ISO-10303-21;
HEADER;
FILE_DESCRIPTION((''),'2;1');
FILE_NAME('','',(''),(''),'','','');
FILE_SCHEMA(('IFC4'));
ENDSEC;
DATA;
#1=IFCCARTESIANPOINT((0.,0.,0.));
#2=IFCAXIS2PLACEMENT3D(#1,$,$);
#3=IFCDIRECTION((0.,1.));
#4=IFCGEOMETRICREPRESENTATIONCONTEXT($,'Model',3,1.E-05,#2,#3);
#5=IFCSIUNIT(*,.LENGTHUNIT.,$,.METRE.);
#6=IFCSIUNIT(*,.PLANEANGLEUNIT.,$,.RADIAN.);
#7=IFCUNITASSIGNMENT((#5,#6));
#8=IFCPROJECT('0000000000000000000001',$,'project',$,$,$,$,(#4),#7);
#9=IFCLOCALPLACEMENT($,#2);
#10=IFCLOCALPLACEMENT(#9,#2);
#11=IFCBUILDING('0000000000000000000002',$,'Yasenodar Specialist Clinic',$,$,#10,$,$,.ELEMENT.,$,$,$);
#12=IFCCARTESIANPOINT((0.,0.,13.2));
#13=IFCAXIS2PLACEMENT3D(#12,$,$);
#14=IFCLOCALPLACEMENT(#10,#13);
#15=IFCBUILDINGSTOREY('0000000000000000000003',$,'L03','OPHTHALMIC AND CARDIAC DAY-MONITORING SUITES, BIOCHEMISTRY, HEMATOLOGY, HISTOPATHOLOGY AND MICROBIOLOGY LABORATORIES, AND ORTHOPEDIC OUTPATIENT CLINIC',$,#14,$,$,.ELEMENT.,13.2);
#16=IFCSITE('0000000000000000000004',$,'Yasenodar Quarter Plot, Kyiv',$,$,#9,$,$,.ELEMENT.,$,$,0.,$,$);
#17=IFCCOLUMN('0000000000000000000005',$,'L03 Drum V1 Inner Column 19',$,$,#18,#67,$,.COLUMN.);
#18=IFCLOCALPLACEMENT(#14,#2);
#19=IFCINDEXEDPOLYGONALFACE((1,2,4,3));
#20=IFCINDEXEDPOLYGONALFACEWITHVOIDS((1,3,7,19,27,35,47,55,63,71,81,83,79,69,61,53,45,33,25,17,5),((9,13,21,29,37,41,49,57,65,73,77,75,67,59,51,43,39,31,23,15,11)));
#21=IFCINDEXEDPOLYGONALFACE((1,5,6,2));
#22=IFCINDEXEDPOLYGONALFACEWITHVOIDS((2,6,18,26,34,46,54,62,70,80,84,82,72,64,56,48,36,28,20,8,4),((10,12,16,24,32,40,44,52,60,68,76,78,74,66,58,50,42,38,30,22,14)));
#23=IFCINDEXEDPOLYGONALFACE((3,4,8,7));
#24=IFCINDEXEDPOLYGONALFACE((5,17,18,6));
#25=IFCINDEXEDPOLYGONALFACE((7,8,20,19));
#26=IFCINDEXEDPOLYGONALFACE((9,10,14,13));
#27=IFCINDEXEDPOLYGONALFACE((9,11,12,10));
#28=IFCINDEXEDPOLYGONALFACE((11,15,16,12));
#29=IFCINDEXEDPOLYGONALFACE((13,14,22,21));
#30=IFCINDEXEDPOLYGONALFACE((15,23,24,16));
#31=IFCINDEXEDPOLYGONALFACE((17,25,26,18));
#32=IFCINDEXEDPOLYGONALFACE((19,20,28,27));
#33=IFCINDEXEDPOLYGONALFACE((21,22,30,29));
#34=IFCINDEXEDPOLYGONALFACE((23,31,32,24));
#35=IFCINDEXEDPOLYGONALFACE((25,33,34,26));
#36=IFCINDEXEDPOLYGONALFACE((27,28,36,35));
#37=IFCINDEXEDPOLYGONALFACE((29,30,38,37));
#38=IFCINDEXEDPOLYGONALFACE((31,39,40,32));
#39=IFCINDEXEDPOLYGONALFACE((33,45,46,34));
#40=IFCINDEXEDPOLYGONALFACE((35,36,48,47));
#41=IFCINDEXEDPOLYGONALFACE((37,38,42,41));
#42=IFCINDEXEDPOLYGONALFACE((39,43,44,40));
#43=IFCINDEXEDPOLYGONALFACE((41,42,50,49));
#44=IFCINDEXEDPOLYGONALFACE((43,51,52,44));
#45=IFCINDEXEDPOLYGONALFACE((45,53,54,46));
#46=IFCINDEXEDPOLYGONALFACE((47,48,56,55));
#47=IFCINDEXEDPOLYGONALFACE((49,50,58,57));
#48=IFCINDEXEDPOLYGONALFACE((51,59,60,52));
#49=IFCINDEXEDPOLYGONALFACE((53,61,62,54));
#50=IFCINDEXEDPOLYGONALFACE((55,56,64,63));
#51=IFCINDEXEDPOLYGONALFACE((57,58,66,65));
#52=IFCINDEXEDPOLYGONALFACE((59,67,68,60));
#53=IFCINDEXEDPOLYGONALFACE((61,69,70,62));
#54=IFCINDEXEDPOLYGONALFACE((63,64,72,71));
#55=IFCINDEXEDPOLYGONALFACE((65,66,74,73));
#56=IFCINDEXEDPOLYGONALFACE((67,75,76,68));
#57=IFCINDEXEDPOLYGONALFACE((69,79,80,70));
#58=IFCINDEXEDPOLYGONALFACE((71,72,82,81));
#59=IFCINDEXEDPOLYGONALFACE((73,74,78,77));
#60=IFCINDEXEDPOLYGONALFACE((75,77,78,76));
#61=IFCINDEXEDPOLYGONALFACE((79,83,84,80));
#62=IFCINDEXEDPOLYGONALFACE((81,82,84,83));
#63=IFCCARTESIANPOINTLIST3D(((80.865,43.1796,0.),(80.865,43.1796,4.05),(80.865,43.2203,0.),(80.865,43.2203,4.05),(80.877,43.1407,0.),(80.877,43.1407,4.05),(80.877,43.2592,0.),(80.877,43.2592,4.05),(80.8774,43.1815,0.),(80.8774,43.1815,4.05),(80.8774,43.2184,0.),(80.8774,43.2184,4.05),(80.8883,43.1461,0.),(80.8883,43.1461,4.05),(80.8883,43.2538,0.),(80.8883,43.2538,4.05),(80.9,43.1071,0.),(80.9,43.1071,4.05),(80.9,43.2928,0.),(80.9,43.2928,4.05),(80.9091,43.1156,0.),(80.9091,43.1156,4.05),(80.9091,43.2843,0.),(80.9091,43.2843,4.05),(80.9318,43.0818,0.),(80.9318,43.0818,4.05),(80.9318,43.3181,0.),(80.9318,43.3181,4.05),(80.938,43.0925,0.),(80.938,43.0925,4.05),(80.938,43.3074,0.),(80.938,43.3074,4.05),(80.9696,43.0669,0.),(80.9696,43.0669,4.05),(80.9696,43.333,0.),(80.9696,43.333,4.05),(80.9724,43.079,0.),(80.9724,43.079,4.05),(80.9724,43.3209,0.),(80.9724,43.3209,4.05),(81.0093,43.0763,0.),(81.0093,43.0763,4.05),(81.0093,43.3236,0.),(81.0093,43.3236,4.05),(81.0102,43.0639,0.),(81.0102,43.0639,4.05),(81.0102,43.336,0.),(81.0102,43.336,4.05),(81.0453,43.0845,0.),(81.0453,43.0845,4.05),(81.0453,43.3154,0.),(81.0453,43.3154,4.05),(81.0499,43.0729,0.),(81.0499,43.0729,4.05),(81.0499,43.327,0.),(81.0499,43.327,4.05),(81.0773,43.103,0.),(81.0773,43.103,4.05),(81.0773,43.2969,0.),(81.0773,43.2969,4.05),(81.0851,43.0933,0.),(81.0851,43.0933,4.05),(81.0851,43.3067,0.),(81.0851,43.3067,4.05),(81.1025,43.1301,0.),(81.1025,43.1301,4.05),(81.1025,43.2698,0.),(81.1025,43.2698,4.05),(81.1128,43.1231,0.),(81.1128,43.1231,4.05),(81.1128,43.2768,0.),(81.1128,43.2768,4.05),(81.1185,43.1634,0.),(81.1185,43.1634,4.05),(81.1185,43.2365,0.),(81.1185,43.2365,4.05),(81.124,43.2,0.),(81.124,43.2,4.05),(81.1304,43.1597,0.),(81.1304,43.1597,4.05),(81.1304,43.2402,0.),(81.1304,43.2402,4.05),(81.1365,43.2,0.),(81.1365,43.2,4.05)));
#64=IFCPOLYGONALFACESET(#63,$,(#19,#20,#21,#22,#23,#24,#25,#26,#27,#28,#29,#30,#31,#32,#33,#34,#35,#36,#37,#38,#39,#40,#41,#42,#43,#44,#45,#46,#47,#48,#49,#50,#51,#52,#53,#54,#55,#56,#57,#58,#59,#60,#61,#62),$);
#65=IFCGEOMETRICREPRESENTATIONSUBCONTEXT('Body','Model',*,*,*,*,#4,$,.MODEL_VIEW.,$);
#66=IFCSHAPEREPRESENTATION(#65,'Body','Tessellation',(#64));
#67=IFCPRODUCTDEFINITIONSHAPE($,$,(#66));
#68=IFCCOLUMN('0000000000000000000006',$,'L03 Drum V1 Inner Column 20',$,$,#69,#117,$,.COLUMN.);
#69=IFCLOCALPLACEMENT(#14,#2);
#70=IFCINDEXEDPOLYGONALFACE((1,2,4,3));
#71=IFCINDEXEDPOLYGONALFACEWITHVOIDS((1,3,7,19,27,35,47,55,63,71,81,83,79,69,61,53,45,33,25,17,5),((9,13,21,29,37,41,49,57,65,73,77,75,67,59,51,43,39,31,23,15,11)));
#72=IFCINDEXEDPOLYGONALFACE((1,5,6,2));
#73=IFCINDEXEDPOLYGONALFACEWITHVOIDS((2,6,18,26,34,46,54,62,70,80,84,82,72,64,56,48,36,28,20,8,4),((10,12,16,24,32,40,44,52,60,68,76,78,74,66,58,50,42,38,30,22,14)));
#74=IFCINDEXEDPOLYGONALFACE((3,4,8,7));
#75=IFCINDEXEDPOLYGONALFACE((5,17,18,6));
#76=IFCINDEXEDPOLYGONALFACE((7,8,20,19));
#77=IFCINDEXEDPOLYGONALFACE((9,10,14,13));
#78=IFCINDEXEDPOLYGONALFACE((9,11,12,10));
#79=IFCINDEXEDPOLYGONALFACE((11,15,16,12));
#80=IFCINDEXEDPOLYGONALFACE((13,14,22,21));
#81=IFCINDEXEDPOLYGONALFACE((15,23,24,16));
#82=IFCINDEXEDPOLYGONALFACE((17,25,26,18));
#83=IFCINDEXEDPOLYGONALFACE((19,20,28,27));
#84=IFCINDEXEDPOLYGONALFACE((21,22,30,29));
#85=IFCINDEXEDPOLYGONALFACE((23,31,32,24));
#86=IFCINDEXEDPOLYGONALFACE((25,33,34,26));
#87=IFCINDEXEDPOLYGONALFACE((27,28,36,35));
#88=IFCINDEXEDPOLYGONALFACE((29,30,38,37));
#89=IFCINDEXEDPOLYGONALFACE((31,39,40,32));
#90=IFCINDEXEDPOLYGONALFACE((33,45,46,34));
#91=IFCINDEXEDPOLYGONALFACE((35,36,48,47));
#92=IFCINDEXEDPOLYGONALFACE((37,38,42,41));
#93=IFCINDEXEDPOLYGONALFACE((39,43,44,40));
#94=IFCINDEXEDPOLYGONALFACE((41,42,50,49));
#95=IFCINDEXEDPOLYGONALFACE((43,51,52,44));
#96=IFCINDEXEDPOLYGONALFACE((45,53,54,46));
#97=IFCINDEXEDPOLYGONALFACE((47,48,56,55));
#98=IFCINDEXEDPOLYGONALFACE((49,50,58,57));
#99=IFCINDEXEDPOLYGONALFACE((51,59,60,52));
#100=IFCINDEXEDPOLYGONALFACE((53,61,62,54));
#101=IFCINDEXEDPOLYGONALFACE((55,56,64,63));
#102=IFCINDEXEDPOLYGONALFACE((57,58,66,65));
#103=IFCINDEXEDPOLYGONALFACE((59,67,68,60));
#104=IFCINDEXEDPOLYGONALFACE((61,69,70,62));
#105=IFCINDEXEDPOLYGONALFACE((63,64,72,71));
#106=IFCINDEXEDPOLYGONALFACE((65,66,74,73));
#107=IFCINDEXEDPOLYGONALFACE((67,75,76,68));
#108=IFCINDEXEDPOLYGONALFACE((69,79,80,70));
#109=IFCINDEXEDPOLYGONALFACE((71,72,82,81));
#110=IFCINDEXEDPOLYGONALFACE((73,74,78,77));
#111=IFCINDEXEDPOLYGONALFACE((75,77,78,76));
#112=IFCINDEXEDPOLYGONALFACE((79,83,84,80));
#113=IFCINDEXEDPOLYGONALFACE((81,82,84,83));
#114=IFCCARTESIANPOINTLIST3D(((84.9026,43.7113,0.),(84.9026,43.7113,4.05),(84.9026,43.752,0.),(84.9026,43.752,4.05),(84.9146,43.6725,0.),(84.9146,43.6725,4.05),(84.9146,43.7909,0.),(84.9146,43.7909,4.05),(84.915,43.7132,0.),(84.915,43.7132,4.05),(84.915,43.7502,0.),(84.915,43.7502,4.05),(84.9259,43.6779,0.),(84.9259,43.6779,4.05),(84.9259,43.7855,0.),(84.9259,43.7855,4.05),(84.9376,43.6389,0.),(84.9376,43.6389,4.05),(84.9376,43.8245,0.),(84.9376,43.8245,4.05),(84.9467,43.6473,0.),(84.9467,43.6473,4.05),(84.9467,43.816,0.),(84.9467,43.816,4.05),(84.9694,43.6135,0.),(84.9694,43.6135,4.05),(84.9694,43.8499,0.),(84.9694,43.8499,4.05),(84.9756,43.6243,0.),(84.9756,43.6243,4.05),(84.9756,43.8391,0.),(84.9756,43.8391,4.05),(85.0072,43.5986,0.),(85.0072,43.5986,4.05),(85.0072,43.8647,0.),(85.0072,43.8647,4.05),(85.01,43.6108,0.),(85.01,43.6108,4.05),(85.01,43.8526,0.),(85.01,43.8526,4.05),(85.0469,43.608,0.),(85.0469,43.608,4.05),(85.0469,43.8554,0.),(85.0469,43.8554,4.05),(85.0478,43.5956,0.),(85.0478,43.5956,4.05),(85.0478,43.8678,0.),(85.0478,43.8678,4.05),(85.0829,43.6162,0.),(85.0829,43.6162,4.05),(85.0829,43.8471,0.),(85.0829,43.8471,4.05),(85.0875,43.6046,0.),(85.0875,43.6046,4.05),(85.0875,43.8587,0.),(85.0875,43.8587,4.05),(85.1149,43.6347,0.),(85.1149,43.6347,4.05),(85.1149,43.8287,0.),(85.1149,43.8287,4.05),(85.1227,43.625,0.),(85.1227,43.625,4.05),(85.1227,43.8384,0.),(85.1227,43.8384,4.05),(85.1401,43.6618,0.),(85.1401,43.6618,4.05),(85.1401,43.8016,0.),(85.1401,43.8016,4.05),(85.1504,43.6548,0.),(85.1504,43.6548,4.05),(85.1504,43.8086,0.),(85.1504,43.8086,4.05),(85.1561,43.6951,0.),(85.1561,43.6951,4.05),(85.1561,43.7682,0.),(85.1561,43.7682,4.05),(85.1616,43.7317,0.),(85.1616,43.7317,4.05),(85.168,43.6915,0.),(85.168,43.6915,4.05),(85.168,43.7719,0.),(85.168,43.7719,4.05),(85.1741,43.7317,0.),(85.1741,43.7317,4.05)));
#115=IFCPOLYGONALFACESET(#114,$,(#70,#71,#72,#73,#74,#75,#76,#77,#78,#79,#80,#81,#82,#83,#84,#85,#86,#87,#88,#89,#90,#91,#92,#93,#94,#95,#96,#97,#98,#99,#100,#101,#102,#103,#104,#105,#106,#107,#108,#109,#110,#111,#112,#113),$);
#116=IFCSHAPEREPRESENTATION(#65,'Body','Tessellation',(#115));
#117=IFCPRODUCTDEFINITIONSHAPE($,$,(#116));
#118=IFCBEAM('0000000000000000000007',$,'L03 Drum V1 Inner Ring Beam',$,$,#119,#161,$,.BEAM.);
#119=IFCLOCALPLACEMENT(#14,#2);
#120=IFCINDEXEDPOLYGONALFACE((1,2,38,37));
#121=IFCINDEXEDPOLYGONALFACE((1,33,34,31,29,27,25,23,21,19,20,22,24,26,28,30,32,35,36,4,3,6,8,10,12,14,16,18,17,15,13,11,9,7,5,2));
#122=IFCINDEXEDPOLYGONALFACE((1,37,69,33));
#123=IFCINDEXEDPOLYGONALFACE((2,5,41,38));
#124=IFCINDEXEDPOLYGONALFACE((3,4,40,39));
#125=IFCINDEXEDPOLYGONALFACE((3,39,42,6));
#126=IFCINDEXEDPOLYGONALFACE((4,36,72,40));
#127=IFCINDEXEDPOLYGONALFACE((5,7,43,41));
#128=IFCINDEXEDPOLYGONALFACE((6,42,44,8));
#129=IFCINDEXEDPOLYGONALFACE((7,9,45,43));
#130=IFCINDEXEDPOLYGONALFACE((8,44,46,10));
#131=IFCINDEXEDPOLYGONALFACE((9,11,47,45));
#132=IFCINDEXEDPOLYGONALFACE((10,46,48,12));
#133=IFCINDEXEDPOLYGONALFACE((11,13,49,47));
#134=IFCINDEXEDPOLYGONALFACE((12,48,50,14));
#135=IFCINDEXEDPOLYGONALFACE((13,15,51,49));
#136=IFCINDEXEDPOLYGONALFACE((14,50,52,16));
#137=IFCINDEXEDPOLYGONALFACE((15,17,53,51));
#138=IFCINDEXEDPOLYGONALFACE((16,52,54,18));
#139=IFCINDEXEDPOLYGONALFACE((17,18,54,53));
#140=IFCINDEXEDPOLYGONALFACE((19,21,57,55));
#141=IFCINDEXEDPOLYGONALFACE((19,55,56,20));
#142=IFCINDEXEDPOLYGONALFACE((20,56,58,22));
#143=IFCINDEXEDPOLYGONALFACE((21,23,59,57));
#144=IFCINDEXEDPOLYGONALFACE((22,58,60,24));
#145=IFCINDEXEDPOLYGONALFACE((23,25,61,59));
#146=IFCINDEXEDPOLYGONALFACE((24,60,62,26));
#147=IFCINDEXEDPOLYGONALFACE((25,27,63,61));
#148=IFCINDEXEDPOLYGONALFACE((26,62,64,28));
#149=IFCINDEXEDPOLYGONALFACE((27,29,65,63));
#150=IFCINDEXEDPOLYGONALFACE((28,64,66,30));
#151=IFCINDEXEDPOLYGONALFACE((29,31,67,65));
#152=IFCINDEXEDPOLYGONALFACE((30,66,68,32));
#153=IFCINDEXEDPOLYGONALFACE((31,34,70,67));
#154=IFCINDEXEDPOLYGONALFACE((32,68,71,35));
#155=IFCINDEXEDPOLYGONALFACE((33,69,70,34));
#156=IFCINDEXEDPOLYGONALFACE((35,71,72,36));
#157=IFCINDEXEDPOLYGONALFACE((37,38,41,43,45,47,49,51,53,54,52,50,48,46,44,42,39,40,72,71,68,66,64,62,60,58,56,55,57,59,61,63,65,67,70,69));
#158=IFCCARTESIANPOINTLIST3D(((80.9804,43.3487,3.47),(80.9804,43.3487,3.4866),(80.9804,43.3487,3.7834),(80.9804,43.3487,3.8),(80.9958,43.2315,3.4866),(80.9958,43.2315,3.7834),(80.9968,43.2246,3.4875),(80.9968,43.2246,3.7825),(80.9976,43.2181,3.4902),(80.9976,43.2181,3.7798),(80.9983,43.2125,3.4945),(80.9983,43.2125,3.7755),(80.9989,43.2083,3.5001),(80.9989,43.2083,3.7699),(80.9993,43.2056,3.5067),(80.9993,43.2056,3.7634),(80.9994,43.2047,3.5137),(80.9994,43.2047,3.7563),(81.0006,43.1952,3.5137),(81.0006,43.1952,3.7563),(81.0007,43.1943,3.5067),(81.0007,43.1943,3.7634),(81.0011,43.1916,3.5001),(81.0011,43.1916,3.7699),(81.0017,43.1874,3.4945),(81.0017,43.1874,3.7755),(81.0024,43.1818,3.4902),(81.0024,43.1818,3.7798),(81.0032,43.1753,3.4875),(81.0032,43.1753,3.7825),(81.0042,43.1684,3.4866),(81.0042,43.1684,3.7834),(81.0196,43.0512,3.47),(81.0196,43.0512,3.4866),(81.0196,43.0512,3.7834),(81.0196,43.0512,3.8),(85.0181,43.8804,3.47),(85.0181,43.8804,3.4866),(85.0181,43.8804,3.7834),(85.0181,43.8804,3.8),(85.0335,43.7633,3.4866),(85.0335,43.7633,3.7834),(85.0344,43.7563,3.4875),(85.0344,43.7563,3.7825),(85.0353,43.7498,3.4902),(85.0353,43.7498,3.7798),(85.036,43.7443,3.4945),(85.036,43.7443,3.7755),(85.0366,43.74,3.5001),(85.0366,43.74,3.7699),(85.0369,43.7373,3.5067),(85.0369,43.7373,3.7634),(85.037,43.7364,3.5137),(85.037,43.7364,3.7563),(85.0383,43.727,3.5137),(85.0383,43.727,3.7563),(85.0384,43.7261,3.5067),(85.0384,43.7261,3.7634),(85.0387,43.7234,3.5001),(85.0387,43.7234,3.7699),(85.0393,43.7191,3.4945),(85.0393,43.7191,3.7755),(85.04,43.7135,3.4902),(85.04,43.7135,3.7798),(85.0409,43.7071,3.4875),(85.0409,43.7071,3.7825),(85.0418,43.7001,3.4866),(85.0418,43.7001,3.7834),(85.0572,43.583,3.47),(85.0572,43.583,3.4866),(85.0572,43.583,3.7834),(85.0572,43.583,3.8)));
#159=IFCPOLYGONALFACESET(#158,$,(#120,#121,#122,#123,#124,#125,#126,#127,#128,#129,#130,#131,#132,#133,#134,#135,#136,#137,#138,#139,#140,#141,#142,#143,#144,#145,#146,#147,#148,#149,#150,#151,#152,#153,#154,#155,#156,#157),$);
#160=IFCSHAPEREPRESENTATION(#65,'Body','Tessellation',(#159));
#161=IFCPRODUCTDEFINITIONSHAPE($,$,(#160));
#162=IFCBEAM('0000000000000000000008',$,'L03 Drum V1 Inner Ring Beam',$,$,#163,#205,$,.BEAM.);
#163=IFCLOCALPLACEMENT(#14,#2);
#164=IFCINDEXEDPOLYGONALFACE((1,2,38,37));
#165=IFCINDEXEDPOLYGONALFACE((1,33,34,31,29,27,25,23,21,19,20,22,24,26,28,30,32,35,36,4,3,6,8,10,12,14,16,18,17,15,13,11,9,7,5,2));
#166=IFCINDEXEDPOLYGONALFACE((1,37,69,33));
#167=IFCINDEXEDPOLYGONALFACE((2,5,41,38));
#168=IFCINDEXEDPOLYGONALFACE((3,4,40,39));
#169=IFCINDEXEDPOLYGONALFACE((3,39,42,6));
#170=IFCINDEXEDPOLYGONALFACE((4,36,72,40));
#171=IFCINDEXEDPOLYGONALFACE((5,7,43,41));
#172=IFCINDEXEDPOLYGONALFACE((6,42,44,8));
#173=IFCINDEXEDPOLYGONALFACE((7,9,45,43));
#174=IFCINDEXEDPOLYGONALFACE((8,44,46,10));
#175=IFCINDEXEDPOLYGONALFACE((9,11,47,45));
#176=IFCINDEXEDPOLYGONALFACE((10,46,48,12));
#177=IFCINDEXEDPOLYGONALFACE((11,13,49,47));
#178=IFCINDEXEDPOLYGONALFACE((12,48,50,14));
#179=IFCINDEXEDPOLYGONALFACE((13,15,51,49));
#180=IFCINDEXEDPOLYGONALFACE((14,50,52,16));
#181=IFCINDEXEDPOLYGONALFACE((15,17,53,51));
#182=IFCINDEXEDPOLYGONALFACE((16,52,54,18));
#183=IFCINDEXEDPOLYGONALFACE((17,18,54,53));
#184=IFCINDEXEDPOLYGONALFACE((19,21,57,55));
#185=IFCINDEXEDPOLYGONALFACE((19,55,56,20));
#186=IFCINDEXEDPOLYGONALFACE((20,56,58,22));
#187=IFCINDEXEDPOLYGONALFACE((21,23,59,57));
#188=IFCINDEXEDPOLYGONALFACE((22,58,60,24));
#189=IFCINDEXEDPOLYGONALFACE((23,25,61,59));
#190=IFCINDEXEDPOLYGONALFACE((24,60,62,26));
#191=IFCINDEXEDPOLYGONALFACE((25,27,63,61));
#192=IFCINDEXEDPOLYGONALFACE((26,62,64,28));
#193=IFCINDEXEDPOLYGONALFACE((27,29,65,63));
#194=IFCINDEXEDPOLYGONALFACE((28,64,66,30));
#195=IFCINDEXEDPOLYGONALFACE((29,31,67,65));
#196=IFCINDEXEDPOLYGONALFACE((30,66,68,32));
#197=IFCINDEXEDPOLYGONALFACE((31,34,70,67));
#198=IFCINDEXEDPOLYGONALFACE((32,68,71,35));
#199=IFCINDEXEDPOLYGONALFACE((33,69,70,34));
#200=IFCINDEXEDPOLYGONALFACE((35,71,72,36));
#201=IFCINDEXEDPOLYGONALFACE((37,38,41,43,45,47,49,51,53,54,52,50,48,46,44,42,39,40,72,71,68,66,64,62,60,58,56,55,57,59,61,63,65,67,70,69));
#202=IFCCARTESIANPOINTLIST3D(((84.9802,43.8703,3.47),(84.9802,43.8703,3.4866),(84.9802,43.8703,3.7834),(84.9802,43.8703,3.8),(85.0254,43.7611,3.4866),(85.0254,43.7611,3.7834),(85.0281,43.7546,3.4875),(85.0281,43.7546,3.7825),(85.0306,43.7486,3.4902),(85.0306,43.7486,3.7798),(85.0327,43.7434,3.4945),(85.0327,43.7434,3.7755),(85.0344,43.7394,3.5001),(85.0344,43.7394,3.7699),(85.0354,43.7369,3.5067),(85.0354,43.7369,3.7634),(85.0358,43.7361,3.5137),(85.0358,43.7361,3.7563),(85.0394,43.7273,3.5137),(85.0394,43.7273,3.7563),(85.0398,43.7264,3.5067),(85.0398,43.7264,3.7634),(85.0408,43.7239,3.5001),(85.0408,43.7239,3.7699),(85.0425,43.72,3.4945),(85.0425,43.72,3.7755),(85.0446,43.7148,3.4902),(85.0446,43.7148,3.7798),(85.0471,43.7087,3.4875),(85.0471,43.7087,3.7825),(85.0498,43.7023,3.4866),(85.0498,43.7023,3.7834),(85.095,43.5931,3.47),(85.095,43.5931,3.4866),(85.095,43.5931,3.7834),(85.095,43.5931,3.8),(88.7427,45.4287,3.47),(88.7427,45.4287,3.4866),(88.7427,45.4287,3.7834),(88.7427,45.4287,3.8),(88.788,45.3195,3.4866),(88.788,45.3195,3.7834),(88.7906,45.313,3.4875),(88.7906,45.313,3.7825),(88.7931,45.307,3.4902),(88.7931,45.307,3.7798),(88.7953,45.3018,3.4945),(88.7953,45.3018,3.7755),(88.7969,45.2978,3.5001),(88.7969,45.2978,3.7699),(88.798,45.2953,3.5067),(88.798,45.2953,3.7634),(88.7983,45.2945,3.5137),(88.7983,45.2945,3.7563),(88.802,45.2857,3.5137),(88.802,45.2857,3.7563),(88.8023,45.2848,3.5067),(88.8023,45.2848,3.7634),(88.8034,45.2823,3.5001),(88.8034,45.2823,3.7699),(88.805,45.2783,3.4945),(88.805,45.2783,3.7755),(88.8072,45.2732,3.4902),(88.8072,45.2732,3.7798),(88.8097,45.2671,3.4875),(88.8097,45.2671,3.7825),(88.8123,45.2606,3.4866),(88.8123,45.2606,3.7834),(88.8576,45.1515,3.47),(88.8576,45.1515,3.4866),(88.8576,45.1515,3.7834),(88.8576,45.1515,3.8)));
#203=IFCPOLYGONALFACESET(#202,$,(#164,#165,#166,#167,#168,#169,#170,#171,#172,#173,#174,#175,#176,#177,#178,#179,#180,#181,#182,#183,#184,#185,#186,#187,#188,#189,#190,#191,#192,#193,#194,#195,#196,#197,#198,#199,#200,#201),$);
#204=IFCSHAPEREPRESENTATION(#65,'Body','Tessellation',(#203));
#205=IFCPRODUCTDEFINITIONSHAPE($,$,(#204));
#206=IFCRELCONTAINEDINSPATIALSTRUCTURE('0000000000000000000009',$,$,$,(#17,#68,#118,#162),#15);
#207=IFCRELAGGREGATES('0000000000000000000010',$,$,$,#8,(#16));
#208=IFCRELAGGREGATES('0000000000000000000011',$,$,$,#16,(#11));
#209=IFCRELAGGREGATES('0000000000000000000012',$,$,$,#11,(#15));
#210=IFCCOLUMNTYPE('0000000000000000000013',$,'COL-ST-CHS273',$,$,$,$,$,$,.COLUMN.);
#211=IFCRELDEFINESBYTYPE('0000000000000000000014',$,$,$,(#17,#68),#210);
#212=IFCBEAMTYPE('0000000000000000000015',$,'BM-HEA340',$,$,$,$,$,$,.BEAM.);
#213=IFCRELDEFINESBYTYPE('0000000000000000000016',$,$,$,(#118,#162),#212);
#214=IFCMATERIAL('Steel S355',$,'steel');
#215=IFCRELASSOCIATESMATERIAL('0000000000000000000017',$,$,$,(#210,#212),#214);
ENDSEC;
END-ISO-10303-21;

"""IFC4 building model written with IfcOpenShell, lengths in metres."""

from ifc_helpers import new_model, si_unit, direction, frame, origin, origin_2d, place, context, subcontext, project, spatial, hollow_circle, i_section, extrude, material, material_profile, profile_set, type_object, element, save


model = new_model("IFC4")

# Units and contexts
model_context = context("Model", 3, precision=1e-05, world=origin(), true_north=direction((0.0, 1.0)))
body_context = subcontext(model_context, "Body", "Model", "MODEL_VIEW")
ifc_project = project(units=[si_unit("LENGTHUNIT", "METRE"), si_unit("PLANEANGLEUNIT", "RADIAN")], contexts=[model_context])

# Site, building, storey
site_placement = place(None, origin())
site = spatial("IfcSite", under=ifc_project, at=site_placement, Name="Yasenodar Quarter Plot, Kyiv", CompositionType="ELEMENT", RefElevation=0.0)
building_placement = place(site_placement, origin())
building = spatial("IfcBuilding", under=site, at=building_placement, Name="Yasenodar Specialist Clinic", CompositionType="ELEMENT")
storey_placement = place(building_placement, frame((0.0, 0.0, 13.2)))
storey = spatial("IfcBuildingStorey", under=building, at=storey_placement, Name="L03", Description="OPHTHALMIC AND CARDIAC DAY-MONITORING SUITES, BIOCHEMISTRY, HEMATOLOGY, HISTOPATHOLOGY AND MICROBIOLOGY LABORATORIES, AND ORTHOPEDIC OUTPATIENT CLINIC", CompositionType="ELEMENT", Elevation=13.2)

# Columns
ifc_material_1 = material(Name="Steel S355", Category="steel")
ifc_material_profile_1 = material_profile(ifc_material_1, hollow_circle(Radius=0.1365, WallThickness=0.0125, at=origin_2d()), Name="CHS 273x12.5")
ifc_profile_set_1 = profile_set([ifc_material_profile_1], Name="Steel S355")
column_type = type_object("IfcColumnType", Name="COL-ST-CHS273", PredefinedType="COLUMN", material=ifc_profile_set_1)
for number, where, z_axis, x_axis, name in (
    (1, (81.0, 43.2, 0.0), (0.0, 0.0, 1.0), (1.0, 0.0, 0.0), "L03 Drum V1 Inner Column 19"),
    (2, (85.0376, 43.7317, 0.0), (0.0, 0.0, 1.0), (1.0, 0.0, 0.0), "L03 Drum V1 Inner Column 20"),
):
    element("IfcColumn", number, at=place(storey_placement, frame(where, z_axis=z_axis, x_axis=x_axis)), inside=storey, type_object=column_type, Name=name, PredefinedType="COLUMN", context=body_context, shape_type="SweptSolid", body=[
        extrude(hollow_circle(Radius=0.1365, WallThickness=0.0125, at=origin_2d()), origin(), (0.0, 0.0, 1.0), 4.05),
    ])

# Beams
ifc_material_profile_2 = material_profile(ifc_material_1, i_section(OverallWidth=0.3, OverallDepth=0.3301, WebThickness=0.0095, FlangeThickness=0.0166, FilletRadius=0.0271, at=origin_2d()), Name="HEA 340")
ifc_profile_set_2 = profile_set([ifc_material_profile_2], Name="Steel S355")
beam_type_1 = type_object("IfcBeamType", Name="BM-HEA340", PredefinedType="BEAM", material=ifc_profile_set_2)
for number, where, z_axis, x_axis, name in (
    (3, (81.0, 43.2, 3.635), (0.991439, 0.130569, 0.0), (-0.130569, 0.991439, 0.0), "L03 Drum V1 Inner Ring Beam"),
    (4, (85.0376, 43.7317, 3.635), (0.923889, 0.382661, 0.0), (-0.382661, 0.923889, 0.0), "L03 Drum V1 Inner Ring Beam"),
):
    element("IfcBeam", number, at=place(storey_placement, frame(where, z_axis=z_axis, x_axis=x_axis)), inside=storey, type_object=beam_type_1, Name=name, PredefinedType="BEAM", context=body_context, shape_type="SweptSolid", body=[
        extrude(i_section(OverallWidth=0.3, OverallDepth=0.3301, WebThickness=0.0095, FlangeThickness=0.0166, FilletRadius=0.0271, at=origin_2d()), origin(), (0.0, 0.0, 1.0), 4.0725),
    ])

save(model, "model.ifc")
